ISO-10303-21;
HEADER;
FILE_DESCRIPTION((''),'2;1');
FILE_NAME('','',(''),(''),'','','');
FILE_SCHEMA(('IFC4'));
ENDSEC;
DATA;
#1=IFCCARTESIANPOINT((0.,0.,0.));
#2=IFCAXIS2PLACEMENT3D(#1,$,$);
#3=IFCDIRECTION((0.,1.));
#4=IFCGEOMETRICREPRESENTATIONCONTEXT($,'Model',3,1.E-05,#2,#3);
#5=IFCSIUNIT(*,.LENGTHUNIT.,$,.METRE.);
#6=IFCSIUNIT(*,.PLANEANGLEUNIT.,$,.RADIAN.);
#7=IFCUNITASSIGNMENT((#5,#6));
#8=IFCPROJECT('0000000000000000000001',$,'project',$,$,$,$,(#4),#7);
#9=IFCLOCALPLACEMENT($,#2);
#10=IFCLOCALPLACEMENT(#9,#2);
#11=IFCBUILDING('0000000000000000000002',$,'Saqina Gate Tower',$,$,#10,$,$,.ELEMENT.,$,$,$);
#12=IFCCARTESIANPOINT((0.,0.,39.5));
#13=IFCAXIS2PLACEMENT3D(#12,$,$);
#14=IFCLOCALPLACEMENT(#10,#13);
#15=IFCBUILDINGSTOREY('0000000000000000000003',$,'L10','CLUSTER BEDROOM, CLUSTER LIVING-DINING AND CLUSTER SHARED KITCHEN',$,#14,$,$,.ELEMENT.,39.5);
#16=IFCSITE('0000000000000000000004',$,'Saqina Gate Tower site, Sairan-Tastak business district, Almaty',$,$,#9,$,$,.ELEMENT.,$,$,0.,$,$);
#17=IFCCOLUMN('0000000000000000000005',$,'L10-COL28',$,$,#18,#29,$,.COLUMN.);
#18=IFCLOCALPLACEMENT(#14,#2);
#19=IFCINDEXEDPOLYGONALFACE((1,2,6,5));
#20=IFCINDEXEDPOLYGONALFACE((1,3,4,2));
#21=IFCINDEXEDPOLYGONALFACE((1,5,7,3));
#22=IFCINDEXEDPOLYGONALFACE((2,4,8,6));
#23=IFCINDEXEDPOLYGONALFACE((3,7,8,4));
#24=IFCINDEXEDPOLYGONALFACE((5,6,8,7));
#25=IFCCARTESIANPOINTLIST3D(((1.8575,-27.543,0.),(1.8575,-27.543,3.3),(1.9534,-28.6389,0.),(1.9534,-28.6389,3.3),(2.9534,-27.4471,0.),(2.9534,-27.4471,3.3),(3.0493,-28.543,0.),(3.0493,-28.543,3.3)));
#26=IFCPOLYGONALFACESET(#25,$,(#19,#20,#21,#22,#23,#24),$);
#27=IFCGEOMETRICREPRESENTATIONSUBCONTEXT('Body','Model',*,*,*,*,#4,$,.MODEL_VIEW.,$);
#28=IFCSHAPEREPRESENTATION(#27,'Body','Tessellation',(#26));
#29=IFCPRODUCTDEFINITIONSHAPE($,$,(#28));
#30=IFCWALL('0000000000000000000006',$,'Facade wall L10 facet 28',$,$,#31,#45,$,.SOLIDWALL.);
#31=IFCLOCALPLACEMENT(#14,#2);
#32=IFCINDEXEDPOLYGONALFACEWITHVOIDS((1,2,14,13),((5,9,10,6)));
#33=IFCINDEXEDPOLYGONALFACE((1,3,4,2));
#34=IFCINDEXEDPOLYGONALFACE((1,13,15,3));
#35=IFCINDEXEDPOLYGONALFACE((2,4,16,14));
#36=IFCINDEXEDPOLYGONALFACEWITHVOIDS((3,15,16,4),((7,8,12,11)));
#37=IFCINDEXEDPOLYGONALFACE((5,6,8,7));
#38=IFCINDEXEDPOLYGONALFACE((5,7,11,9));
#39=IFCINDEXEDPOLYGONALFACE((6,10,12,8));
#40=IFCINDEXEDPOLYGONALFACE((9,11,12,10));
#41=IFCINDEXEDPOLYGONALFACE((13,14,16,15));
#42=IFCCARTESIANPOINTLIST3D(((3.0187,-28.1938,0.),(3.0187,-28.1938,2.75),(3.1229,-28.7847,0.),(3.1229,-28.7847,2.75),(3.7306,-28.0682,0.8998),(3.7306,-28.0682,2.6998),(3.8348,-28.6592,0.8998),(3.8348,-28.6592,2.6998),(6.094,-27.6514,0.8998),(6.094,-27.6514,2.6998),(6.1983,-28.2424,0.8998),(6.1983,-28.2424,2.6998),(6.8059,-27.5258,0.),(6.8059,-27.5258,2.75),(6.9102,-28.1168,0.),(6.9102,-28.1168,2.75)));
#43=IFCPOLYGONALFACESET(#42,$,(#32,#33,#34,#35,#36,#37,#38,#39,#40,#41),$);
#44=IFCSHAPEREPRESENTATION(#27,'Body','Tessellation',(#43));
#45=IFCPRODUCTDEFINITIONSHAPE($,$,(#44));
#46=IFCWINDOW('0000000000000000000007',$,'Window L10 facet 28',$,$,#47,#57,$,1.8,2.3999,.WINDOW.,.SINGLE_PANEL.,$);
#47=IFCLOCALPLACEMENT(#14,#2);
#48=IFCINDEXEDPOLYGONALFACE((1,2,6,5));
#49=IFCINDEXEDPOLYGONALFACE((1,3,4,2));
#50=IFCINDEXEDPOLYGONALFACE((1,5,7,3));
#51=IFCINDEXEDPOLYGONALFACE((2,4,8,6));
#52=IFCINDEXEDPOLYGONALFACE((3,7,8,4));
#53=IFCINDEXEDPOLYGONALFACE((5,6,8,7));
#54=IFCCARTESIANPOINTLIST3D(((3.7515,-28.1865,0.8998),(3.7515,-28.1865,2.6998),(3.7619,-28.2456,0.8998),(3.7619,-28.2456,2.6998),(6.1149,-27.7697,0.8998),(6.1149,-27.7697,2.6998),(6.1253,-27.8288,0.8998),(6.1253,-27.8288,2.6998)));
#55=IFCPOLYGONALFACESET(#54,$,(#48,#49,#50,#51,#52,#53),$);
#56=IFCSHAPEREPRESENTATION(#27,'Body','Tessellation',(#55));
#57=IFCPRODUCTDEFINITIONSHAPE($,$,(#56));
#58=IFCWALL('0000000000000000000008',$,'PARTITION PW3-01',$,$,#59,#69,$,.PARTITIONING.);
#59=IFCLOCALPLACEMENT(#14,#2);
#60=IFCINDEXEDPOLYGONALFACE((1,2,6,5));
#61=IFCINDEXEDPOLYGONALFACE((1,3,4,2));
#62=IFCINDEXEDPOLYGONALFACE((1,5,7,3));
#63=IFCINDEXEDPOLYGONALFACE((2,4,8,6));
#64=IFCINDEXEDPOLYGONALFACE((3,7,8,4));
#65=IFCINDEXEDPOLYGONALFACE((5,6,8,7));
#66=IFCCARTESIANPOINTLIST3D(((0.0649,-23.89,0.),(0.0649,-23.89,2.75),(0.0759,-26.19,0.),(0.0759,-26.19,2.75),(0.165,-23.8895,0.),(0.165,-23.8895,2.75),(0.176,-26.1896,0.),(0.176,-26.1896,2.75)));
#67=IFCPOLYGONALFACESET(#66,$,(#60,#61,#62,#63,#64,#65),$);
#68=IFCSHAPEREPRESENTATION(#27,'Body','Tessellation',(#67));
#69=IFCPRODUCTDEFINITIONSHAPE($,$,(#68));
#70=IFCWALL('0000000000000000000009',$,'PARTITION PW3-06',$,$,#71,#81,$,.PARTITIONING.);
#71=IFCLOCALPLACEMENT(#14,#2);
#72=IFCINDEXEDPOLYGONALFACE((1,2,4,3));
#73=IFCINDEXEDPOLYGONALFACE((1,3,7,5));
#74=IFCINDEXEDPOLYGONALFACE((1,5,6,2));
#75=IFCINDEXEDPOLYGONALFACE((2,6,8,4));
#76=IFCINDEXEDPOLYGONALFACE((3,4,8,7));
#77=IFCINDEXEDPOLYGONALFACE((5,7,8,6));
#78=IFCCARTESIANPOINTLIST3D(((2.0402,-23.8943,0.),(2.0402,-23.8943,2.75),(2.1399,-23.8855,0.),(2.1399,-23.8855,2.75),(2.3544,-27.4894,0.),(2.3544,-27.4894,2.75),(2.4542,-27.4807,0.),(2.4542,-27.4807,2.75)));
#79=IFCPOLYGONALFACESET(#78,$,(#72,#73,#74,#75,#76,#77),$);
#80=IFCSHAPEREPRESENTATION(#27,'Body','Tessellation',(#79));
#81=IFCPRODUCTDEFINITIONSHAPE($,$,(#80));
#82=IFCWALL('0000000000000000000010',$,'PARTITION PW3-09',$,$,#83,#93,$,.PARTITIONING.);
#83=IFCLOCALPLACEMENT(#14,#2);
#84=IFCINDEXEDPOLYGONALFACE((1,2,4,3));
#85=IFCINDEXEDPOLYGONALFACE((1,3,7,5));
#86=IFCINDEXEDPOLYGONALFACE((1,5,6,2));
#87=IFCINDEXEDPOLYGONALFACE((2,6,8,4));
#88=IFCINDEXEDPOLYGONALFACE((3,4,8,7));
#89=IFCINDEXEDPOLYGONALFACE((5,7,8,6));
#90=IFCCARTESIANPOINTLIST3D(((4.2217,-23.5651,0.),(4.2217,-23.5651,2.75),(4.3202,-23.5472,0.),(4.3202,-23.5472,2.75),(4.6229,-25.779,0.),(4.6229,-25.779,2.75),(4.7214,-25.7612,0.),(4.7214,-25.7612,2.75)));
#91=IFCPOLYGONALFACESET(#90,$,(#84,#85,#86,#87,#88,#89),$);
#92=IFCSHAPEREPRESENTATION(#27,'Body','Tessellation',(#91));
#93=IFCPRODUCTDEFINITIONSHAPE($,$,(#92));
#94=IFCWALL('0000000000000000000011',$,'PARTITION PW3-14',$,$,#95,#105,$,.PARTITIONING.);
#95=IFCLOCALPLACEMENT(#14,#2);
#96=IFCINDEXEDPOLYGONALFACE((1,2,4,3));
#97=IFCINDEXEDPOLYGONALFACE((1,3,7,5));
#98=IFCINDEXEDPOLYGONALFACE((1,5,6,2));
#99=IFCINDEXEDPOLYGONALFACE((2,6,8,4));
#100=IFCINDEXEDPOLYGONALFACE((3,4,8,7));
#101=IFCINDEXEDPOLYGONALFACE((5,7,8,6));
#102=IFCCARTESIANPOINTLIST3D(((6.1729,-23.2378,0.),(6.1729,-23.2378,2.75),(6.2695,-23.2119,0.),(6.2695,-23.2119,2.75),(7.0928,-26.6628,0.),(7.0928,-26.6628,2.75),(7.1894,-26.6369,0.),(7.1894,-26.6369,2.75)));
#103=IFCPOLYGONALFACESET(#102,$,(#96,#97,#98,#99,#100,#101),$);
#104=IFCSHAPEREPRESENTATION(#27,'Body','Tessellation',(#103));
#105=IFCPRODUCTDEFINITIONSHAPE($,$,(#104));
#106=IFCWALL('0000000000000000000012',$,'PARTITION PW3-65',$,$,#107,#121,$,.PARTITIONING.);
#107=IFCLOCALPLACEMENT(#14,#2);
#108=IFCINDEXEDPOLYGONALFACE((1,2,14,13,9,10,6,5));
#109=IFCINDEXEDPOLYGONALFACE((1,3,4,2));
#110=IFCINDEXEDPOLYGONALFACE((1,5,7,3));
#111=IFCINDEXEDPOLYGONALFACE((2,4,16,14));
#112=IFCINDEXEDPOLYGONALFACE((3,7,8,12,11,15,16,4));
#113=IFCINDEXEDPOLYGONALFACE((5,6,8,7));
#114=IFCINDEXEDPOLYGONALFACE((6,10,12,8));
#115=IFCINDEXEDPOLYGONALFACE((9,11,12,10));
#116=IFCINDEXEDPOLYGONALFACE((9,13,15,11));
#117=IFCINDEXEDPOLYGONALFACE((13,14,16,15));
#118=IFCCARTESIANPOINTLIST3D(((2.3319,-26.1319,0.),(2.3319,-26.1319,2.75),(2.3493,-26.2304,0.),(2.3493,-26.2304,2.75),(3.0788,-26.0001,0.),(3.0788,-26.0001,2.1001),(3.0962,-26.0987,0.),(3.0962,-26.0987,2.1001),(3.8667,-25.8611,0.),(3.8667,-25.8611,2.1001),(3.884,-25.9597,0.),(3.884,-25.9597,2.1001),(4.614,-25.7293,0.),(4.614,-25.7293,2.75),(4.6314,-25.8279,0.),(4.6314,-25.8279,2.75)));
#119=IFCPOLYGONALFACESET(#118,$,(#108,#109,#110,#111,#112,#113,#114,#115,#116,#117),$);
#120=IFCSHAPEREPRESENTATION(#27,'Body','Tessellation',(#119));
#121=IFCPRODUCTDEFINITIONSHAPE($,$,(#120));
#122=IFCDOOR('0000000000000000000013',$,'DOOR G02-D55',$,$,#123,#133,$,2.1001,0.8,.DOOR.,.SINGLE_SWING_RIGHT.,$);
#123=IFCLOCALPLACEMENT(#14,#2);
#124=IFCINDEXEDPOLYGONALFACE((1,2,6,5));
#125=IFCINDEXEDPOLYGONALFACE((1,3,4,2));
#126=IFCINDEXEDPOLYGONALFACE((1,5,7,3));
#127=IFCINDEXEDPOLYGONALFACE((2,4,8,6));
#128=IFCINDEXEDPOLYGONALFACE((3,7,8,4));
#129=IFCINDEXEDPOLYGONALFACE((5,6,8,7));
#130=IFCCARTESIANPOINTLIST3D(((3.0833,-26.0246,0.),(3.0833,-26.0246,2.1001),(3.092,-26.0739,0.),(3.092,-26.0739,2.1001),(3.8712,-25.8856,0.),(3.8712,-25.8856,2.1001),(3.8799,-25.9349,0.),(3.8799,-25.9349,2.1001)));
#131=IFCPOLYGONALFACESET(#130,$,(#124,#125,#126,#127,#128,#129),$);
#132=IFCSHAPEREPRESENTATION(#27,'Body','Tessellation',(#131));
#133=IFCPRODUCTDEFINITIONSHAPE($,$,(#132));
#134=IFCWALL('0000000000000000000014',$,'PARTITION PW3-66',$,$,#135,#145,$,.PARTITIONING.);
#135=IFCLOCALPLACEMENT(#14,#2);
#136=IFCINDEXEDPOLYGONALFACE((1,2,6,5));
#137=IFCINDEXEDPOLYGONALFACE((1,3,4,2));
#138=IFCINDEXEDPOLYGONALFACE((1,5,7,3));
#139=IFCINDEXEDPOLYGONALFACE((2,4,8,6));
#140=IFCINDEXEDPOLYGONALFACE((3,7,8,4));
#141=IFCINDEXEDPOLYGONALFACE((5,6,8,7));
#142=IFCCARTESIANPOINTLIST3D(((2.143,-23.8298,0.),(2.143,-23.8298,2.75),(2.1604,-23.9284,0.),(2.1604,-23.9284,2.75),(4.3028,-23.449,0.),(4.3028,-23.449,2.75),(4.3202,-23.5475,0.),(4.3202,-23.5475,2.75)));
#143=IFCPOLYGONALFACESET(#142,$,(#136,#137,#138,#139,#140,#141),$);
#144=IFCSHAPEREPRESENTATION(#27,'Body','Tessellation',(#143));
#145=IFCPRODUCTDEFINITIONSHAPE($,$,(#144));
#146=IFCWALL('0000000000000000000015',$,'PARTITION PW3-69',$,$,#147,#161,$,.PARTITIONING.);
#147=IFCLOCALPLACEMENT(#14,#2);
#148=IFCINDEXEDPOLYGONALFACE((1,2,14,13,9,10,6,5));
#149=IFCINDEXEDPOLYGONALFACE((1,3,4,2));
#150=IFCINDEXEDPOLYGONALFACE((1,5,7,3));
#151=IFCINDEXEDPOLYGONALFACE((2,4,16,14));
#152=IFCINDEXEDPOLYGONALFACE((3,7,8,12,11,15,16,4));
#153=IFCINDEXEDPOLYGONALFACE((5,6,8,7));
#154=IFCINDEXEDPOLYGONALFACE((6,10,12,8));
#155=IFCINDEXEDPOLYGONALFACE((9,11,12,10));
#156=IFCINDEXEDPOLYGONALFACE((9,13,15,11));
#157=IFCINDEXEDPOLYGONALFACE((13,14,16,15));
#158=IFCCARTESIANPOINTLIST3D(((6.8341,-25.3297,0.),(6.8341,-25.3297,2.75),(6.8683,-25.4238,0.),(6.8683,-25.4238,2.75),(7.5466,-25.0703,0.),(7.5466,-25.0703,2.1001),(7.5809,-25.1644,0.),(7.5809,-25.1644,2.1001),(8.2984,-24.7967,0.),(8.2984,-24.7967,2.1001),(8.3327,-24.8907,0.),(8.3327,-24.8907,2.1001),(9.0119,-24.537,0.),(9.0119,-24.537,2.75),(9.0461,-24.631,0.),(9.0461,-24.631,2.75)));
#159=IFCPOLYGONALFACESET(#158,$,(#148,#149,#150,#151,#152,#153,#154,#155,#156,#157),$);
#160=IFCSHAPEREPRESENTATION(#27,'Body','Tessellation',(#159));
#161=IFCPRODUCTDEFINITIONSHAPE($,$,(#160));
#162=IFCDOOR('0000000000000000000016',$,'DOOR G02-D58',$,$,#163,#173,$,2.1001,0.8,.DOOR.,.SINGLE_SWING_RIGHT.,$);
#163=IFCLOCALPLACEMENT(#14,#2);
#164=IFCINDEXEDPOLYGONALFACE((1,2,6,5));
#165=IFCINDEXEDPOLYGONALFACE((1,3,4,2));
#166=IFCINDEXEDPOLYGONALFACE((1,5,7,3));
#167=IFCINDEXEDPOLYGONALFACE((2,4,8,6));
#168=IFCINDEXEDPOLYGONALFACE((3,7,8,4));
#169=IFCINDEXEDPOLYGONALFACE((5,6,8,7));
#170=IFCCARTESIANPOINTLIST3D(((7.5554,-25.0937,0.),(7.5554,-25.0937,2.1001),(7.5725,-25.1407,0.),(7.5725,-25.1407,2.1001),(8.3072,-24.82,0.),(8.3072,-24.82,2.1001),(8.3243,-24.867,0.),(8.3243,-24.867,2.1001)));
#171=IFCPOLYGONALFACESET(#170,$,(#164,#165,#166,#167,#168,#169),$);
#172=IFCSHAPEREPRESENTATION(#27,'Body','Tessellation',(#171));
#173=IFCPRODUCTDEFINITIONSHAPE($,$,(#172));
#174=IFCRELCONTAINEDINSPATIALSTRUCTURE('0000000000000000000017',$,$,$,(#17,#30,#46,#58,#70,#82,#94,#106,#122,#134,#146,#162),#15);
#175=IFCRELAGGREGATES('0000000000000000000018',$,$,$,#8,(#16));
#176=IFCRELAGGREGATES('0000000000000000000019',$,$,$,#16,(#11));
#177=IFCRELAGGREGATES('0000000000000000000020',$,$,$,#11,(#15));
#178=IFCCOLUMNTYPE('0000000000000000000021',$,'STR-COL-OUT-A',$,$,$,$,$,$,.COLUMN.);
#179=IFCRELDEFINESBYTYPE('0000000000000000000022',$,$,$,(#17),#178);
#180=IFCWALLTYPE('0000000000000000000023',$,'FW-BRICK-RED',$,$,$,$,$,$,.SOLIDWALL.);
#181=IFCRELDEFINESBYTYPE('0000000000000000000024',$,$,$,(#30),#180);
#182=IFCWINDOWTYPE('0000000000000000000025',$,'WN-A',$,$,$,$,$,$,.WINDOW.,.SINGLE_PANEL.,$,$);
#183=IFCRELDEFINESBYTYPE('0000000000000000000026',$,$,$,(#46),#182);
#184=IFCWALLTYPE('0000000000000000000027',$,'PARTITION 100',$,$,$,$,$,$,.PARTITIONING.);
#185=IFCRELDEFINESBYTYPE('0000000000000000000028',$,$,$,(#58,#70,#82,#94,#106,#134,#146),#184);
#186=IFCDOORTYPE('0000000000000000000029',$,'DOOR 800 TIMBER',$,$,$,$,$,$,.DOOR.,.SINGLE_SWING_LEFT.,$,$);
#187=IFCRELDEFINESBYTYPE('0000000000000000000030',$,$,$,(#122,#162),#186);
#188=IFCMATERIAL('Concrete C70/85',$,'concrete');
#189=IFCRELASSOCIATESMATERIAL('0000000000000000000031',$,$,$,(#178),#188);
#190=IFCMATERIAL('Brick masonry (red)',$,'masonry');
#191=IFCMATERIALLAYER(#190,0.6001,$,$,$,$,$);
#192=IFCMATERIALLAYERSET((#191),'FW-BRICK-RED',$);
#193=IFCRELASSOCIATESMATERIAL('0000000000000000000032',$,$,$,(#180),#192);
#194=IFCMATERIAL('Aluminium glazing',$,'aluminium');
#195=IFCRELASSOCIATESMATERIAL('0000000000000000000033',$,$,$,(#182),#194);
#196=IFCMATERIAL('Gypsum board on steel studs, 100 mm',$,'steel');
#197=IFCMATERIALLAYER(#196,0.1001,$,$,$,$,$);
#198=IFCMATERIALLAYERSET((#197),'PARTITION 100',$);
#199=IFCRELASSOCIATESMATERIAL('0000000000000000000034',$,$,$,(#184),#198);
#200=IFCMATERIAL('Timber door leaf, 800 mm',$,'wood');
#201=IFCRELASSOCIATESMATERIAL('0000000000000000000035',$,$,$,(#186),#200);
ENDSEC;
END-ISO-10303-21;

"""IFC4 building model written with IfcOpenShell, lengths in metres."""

from ifc_helpers import new_model, si_unit, direction, frame, frame_2d, origin, origin_2d, place, context, subcontext, project, spatial, rectangle, extrude, material, layer, layer_set, material_profile, profile_set, type_object, element, fill, save


model = new_model("IFC4")

# Units and contexts
model_context = context("Model", 3, precision=1e-05, world=origin(), true_north=direction((0.0, 1.0)))
body_context = subcontext(model_context, "Body", "Model", "MODEL_VIEW")
ifc_project = project(units=[si_unit("LENGTHUNIT", "METRE"), si_unit("PLANEANGLEUNIT", "RADIAN")], contexts=[model_context])

# Site, building, storey
site_placement = place(None, origin())
site = spatial("IfcSite", under=ifc_project, at=site_placement, Name="Saqina Gate Tower site, Sairan-Tastak business district, Almaty", CompositionType="ELEMENT", RefElevation=0.0)
building_placement = place(site_placement, origin())
building = spatial("IfcBuilding", under=site, at=building_placement, Name="Saqina Gate Tower", CompositionType="ELEMENT")
storey_placement = place(building_placement, frame((0.0, 0.0, 39.5)))
storey = spatial("IfcBuildingStorey", under=building, at=storey_placement, Name="L10", Description="CLUSTER BEDROOM, CLUSTER LIVING-DINING AND CLUSTER SHARED KITCHEN", CompositionType="ELEMENT", Elevation=39.5)

# Column
ifc_material_1 = material(Name="Concrete C70/85", Category="concrete")
ifc_material_profile = material_profile(ifc_material_1, rectangle(XDim=1.1001, YDim=1.1001, at=origin_2d()), Name="RC 1100x1100")
ifc_profile_set = profile_set([ifc_material_profile], Name="Concrete C70/85")
column_type = type_object("IfcColumnType", Name="STR-COL-OUT-A", PredefinedType="COLUMN", material=ifc_profile_set)
column_placement = place(storey_placement, frame((2.4534, -28.043, 0.0), z_axis=(0.0, 0.0, 1.0), x_axis=(0.087156, -0.996195, 0.0)))
element("IfcColumn", 1, at=column_placement, inside=storey, type_object=column_type, Name="L10-COL28", PredefinedType="COLUMN", context=body_context, shape_type="SweptSolid", body=[
    extrude(rectangle(XDim=1.1001, YDim=1.1001, at=origin_2d()), origin(), (0.0, 0.0, 1.0), 3.3),
])

# Wall, opening, window
ifc_material_2 = material(Name="Brick masonry (red)", Category="masonry")
ifc_layer_1 = layer(ifc_material_2, 0.6001)
ifc_layer_set_1 = layer_set([ifc_layer_1], Name="FW-BRICK-RED")
wall_type_1 = type_object("IfcWallType", Name="FW-BRICK-RED", PredefinedType="SOLIDWALL", material=ifc_layer_set_1)
wall_1_placement = place(storey_placement, frame((3.0708, -28.4893, 0.0), z_axis=(0.0, 0.0, 1.0), x_axis=(0.984801, 0.173688, 0.0)))
wall_1 = element("IfcWall", 2, at=wall_1_placement, inside=storey, type_object=wall_type_1, Name="Facade wall L10 facet 28", PredefinedType="SOLIDWALL", context=body_context, shape_type="SweptSolid", body=[
    extrude(rectangle(XDim=3.8457, YDim=0.6001, at=frame_2d((1.9229, 0.0))), origin(), (0.0, 0.0, 1.0), 2.75),
])
opening_1_placement = place(wall_1_placement, frame((0.7229, 0.0, 0.8999)))
opening_1 = element("IfcOpeningElement", 3, at=opening_1_placement, cuts=wall_1, PredefinedType="OPENING", context=body_context, shape_type="SweptSolid", body=[
    extrude(rectangle(XDim=2.3999, YDim=1.8, at=frame_2d((1.2, 0.8999))), frame((0.0, 0.312, 0.0), z_axis=(0.0, -1.0, 0.0), x_axis=(1.0, 0.0, 0.0)), (0.0, 0.0, 1.0), 0.624),
])
ifc_material_3 = material(Name="Aluminium glazing", Category="aluminium")
window_type = type_object("IfcWindowType", Name="WN-A", PartitioningType="SINGLE_PANEL", PredefinedType="WINDOW", material=ifc_material_3)
window_placement = place(opening_1_placement, origin())
window = element("IfcWindow", 4, at=window_placement, inside=storey, type_object=window_type, Name="Window L10 facet 28", OverallHeight=1.8, OverallWidth=2.3999, PartitioningType="SINGLE_PANEL", PredefinedType="WINDOW", context=body_context, shape_type="SweptSolid", body=[
    extrude(rectangle(XDim=2.3999, YDim=1.8, at=frame_2d((1.2, 0.8999))), frame((0.0, 0.1799, 0.0), z_axis=(0.0, -1.0, 0.0), x_axis=(1.0, 0.0, 0.0)), (0.0, 0.0, 1.0), 0.0601),
])
fill(opening_1, window)

# Walls
ifc_material_4 = material(Name="Gypsum board on steel studs, 100 mm", Category="steel")
ifc_layer_2 = layer(ifc_material_4, 0.1001)
ifc_layer_set_2 = layer_set([ifc_layer_2], Name="PARTITION 100")
wall_type_2 = type_object("IfcWallType", Name="PARTITION 100", PredefinedType="PARTITIONING", material=ifc_layer_set_2)
wall_2_placement = place(storey_placement, frame((0.115, -23.8899, 0.0), z_axis=(0.0, 0.0, 1.0), x_axis=(0.004777, -0.999989, 0.0)))
element("IfcWall", 5, at=wall_2_placement, inside=storey, type_object=wall_type_2, Name="PARTITION PW3-01", PredefinedType="PARTITIONING", context=body_context, shape_type="SweptSolid", body=[
    extrude(rectangle(XDim=2.3, YDim=0.1001, at=frame_2d((1.1499, 0.0))), origin(), (0.0, 0.0, 1.0), 2.75),
])
wall_3_placement = place(storey_placement, frame((2.0901, -23.8899, 0.0), z_axis=(0.0, 0.0, 1.0), x_axis=(0.087065, -0.996203, 0.0)))
element("IfcWall", 6, at=wall_3_placement, inside=storey, type_object=wall_type_2, Name="PARTITION PW3-06", PredefinedType="PARTITIONING", context=body_context, shape_type="SweptSolid", body=[
    extrude(rectangle(XDim=3.6089, YDim=0.1001, at=frame_2d((1.8044, 0.0))), origin(), (0.0, 0.0, 1.0), 2.75),
])
wall_4_placement = place(storey_placement, frame((4.271, -23.5562, 0.0), z_axis=(0.0, 0.0, 1.0), x_axis=(0.178284, -0.983979, 0.0)))
element("IfcWall", 7, at=wall_4_placement, inside=storey, type_object=wall_type_2, Name="PARTITION PW3-09", PredefinedType="PARTITIONING", context=body_context, shape_type="SweptSolid", body=[
    extrude(rectangle(XDim=2.25, YDim=0.1001, at=frame_2d((1.125, 0.0))), origin(), (0.0, 0.0, 1.0), 2.75),
])
wall_5_placement = place(storey_placement, frame((6.2212, -23.2249, 0.0), z_axis=(0.0, 0.0, 1.0), x_axis=(0.259393, -0.965772, 0.0)))
element("IfcWall", 8, at=wall_5_placement, inside=storey, type_object=wall_type_2, Name="PARTITION PW3-14", PredefinedType="PARTITIONING", context=body_context, shape_type="SweptSolid", body=[
    extrude(rectangle(XDim=3.5464, YDim=0.1001, at=frame_2d((1.7732, 0.0))), origin(), (0.0, 0.0, 1.0), 2.75),
])

# Wall, opening, door
wall_6_placement = place(storey_placement, frame((2.3406, -26.1812, 0.0), z_axis=(0.0, 0.0, 1.0), x_axis=(0.984795, 0.173719, 0.0)))
wall_6 = element("IfcWall", 9, at=wall_6_placement, inside=storey, type_object=wall_type_2, Name="PARTITION PW3-65", PredefinedType="PARTITIONING", context=body_context, shape_type="SweptSolid", body=[
    extrude(rectangle(XDim=2.3174, YDim=0.1001, at=frame_2d((1.1587, 0.0))), origin(), (0.0, 0.0, 1.0), 2.75),
])
opening_2_placement = place(wall_6_placement, frame((0.7585, 0.0, 0.0)))
opening_2 = element("IfcOpeningElement", 10, at=opening_2_placement, cuts=wall_6, PredefinedType="OPENING", context=body_context, shape_type="SweptSolid", body=[
    extrude(rectangle(XDim=0.8, YDim=2.1001, at=frame_2d((0.3999, 1.05))), frame((0.0, 0.062, 0.0), z_axis=(0.0, -1.0, 0.0), x_axis=(1.0, 0.0, 0.0)), (0.0, 0.0, 1.0), 0.124),
])
ifc_material_5 = material(Name="Timber door leaf, 800 mm", Category="wood")
door_type_1 = type_object("IfcDoorType", Name="DOOR 800 TIMBER", OperationType="SINGLE_SWING_LEFT", PredefinedType="DOOR", material=ifc_material_5)
door_1_placement = place(opening_2_placement, frame((0.8, 0.0, 0.0), z_axis=(0.0, 0.0, 1.0), x_axis=(-1.0, 0.0, 0.0)))
door_1 = element("IfcDoor", 11, at=door_1_placement, inside=storey, type_object=door_type_1, Name="DOOR G02-D55", OperationType="SINGLE_SWING_RIGHT", OverallHeight=2.1001, OverallWidth=0.8, PredefinedType="DOOR", context=body_context, shape_type="SweptSolid", body=[
    extrude(rectangle(XDim=0.8, YDim=2.1001, at=frame_2d((0.3999, 1.05))), frame((0.0, 0.0249, 0.0), z_axis=(0.0, -1.0, 0.0), x_axis=(1.0, 0.0, 0.0)), (0.0, 0.0, 1.0), 0.05),
])
fill(opening_2, door_1)

# Wall
wall_7_placement = place(storey_placement, frame((2.1516, -23.8792, 0.0), z_axis=(0.0, 0.0, 1.0), x_axis=(0.984804, 0.173671, 0.0)))
element("IfcWall", 12, at=wall_7_placement, inside=storey, type_object=wall_type_2, Name="PARTITION PW3-66", PredefinedType="PARTITIONING", context=body_context, shape_type="SweptSolid", body=[
    extrude(rectangle(XDim=2.1931, YDim=0.1001, at=frame_2d((1.0967, 0.0))), origin(), (0.0, 0.0, 1.0), 2.75),
])

# Wall, opening, door
wall_8_placement = place(storey_placement, frame((6.8513, -25.3767, 0.0), z_axis=(0.0, 0.0, 1.0), x_axis=(0.93968, 0.342056, 0.0)))
wall_8 = element("IfcWall", 13, at=wall_8_placement, inside=storey, type_object=wall_type_2, Name="PARTITION PW3-69", PredefinedType="PARTITIONING", context=body_context, shape_type="SweptSolid", body=[
    extrude(rectangle(XDim=2.3176, YDim=0.1001, at=frame_2d((1.1587, 0.0))), origin(), (0.0, 0.0, 1.0), 2.75),
])
opening_3_placement = place(wall_8_placement, frame((0.7583, 0.0, 0.0)))
opening_3 = element("IfcOpeningElement", 14, at=opening_3_placement, cuts=wall_8, PredefinedType="OPENING", context=body_context, shape_type="SweptSolid", body=[
    extrude(rectangle(XDim=0.8, YDim=2.1001, at=frame_2d((0.3999, 1.05))), frame((0.0, 0.062, 0.0), z_axis=(0.0, -1.0, 0.0), x_axis=(1.0, 0.0, 0.0)), (0.0, 0.0, 1.0), 0.124),
])
door_2_placement = place(opening_3_placement, frame((0.8, 0.0, 0.0), z_axis=(0.0, 0.0, 1.0), x_axis=(-1.0, 0.0, 0.0)))
door_2 = element("IfcDoor", 15, at=door_2_placement, inside=storey, type_object=door_type_1, Name="DOOR G02-D58", OperationType="SINGLE_SWING_RIGHT", OverallHeight=2.1001, OverallWidth=0.8, PredefinedType="DOOR", context=body_context, shape_type="SweptSolid", body=[
    extrude(rectangle(XDim=0.8, YDim=2.1001, at=frame_2d((0.3999, 1.05))), frame((0.0, 0.0249, 0.0), z_axis=(0.0, -1.0, 0.0), x_axis=(1.0, 0.0, 0.0)), (0.0, 0.0, 1.0), 0.05),
])
fill(opening_3, door_2)

save(model, "model.ifc")
